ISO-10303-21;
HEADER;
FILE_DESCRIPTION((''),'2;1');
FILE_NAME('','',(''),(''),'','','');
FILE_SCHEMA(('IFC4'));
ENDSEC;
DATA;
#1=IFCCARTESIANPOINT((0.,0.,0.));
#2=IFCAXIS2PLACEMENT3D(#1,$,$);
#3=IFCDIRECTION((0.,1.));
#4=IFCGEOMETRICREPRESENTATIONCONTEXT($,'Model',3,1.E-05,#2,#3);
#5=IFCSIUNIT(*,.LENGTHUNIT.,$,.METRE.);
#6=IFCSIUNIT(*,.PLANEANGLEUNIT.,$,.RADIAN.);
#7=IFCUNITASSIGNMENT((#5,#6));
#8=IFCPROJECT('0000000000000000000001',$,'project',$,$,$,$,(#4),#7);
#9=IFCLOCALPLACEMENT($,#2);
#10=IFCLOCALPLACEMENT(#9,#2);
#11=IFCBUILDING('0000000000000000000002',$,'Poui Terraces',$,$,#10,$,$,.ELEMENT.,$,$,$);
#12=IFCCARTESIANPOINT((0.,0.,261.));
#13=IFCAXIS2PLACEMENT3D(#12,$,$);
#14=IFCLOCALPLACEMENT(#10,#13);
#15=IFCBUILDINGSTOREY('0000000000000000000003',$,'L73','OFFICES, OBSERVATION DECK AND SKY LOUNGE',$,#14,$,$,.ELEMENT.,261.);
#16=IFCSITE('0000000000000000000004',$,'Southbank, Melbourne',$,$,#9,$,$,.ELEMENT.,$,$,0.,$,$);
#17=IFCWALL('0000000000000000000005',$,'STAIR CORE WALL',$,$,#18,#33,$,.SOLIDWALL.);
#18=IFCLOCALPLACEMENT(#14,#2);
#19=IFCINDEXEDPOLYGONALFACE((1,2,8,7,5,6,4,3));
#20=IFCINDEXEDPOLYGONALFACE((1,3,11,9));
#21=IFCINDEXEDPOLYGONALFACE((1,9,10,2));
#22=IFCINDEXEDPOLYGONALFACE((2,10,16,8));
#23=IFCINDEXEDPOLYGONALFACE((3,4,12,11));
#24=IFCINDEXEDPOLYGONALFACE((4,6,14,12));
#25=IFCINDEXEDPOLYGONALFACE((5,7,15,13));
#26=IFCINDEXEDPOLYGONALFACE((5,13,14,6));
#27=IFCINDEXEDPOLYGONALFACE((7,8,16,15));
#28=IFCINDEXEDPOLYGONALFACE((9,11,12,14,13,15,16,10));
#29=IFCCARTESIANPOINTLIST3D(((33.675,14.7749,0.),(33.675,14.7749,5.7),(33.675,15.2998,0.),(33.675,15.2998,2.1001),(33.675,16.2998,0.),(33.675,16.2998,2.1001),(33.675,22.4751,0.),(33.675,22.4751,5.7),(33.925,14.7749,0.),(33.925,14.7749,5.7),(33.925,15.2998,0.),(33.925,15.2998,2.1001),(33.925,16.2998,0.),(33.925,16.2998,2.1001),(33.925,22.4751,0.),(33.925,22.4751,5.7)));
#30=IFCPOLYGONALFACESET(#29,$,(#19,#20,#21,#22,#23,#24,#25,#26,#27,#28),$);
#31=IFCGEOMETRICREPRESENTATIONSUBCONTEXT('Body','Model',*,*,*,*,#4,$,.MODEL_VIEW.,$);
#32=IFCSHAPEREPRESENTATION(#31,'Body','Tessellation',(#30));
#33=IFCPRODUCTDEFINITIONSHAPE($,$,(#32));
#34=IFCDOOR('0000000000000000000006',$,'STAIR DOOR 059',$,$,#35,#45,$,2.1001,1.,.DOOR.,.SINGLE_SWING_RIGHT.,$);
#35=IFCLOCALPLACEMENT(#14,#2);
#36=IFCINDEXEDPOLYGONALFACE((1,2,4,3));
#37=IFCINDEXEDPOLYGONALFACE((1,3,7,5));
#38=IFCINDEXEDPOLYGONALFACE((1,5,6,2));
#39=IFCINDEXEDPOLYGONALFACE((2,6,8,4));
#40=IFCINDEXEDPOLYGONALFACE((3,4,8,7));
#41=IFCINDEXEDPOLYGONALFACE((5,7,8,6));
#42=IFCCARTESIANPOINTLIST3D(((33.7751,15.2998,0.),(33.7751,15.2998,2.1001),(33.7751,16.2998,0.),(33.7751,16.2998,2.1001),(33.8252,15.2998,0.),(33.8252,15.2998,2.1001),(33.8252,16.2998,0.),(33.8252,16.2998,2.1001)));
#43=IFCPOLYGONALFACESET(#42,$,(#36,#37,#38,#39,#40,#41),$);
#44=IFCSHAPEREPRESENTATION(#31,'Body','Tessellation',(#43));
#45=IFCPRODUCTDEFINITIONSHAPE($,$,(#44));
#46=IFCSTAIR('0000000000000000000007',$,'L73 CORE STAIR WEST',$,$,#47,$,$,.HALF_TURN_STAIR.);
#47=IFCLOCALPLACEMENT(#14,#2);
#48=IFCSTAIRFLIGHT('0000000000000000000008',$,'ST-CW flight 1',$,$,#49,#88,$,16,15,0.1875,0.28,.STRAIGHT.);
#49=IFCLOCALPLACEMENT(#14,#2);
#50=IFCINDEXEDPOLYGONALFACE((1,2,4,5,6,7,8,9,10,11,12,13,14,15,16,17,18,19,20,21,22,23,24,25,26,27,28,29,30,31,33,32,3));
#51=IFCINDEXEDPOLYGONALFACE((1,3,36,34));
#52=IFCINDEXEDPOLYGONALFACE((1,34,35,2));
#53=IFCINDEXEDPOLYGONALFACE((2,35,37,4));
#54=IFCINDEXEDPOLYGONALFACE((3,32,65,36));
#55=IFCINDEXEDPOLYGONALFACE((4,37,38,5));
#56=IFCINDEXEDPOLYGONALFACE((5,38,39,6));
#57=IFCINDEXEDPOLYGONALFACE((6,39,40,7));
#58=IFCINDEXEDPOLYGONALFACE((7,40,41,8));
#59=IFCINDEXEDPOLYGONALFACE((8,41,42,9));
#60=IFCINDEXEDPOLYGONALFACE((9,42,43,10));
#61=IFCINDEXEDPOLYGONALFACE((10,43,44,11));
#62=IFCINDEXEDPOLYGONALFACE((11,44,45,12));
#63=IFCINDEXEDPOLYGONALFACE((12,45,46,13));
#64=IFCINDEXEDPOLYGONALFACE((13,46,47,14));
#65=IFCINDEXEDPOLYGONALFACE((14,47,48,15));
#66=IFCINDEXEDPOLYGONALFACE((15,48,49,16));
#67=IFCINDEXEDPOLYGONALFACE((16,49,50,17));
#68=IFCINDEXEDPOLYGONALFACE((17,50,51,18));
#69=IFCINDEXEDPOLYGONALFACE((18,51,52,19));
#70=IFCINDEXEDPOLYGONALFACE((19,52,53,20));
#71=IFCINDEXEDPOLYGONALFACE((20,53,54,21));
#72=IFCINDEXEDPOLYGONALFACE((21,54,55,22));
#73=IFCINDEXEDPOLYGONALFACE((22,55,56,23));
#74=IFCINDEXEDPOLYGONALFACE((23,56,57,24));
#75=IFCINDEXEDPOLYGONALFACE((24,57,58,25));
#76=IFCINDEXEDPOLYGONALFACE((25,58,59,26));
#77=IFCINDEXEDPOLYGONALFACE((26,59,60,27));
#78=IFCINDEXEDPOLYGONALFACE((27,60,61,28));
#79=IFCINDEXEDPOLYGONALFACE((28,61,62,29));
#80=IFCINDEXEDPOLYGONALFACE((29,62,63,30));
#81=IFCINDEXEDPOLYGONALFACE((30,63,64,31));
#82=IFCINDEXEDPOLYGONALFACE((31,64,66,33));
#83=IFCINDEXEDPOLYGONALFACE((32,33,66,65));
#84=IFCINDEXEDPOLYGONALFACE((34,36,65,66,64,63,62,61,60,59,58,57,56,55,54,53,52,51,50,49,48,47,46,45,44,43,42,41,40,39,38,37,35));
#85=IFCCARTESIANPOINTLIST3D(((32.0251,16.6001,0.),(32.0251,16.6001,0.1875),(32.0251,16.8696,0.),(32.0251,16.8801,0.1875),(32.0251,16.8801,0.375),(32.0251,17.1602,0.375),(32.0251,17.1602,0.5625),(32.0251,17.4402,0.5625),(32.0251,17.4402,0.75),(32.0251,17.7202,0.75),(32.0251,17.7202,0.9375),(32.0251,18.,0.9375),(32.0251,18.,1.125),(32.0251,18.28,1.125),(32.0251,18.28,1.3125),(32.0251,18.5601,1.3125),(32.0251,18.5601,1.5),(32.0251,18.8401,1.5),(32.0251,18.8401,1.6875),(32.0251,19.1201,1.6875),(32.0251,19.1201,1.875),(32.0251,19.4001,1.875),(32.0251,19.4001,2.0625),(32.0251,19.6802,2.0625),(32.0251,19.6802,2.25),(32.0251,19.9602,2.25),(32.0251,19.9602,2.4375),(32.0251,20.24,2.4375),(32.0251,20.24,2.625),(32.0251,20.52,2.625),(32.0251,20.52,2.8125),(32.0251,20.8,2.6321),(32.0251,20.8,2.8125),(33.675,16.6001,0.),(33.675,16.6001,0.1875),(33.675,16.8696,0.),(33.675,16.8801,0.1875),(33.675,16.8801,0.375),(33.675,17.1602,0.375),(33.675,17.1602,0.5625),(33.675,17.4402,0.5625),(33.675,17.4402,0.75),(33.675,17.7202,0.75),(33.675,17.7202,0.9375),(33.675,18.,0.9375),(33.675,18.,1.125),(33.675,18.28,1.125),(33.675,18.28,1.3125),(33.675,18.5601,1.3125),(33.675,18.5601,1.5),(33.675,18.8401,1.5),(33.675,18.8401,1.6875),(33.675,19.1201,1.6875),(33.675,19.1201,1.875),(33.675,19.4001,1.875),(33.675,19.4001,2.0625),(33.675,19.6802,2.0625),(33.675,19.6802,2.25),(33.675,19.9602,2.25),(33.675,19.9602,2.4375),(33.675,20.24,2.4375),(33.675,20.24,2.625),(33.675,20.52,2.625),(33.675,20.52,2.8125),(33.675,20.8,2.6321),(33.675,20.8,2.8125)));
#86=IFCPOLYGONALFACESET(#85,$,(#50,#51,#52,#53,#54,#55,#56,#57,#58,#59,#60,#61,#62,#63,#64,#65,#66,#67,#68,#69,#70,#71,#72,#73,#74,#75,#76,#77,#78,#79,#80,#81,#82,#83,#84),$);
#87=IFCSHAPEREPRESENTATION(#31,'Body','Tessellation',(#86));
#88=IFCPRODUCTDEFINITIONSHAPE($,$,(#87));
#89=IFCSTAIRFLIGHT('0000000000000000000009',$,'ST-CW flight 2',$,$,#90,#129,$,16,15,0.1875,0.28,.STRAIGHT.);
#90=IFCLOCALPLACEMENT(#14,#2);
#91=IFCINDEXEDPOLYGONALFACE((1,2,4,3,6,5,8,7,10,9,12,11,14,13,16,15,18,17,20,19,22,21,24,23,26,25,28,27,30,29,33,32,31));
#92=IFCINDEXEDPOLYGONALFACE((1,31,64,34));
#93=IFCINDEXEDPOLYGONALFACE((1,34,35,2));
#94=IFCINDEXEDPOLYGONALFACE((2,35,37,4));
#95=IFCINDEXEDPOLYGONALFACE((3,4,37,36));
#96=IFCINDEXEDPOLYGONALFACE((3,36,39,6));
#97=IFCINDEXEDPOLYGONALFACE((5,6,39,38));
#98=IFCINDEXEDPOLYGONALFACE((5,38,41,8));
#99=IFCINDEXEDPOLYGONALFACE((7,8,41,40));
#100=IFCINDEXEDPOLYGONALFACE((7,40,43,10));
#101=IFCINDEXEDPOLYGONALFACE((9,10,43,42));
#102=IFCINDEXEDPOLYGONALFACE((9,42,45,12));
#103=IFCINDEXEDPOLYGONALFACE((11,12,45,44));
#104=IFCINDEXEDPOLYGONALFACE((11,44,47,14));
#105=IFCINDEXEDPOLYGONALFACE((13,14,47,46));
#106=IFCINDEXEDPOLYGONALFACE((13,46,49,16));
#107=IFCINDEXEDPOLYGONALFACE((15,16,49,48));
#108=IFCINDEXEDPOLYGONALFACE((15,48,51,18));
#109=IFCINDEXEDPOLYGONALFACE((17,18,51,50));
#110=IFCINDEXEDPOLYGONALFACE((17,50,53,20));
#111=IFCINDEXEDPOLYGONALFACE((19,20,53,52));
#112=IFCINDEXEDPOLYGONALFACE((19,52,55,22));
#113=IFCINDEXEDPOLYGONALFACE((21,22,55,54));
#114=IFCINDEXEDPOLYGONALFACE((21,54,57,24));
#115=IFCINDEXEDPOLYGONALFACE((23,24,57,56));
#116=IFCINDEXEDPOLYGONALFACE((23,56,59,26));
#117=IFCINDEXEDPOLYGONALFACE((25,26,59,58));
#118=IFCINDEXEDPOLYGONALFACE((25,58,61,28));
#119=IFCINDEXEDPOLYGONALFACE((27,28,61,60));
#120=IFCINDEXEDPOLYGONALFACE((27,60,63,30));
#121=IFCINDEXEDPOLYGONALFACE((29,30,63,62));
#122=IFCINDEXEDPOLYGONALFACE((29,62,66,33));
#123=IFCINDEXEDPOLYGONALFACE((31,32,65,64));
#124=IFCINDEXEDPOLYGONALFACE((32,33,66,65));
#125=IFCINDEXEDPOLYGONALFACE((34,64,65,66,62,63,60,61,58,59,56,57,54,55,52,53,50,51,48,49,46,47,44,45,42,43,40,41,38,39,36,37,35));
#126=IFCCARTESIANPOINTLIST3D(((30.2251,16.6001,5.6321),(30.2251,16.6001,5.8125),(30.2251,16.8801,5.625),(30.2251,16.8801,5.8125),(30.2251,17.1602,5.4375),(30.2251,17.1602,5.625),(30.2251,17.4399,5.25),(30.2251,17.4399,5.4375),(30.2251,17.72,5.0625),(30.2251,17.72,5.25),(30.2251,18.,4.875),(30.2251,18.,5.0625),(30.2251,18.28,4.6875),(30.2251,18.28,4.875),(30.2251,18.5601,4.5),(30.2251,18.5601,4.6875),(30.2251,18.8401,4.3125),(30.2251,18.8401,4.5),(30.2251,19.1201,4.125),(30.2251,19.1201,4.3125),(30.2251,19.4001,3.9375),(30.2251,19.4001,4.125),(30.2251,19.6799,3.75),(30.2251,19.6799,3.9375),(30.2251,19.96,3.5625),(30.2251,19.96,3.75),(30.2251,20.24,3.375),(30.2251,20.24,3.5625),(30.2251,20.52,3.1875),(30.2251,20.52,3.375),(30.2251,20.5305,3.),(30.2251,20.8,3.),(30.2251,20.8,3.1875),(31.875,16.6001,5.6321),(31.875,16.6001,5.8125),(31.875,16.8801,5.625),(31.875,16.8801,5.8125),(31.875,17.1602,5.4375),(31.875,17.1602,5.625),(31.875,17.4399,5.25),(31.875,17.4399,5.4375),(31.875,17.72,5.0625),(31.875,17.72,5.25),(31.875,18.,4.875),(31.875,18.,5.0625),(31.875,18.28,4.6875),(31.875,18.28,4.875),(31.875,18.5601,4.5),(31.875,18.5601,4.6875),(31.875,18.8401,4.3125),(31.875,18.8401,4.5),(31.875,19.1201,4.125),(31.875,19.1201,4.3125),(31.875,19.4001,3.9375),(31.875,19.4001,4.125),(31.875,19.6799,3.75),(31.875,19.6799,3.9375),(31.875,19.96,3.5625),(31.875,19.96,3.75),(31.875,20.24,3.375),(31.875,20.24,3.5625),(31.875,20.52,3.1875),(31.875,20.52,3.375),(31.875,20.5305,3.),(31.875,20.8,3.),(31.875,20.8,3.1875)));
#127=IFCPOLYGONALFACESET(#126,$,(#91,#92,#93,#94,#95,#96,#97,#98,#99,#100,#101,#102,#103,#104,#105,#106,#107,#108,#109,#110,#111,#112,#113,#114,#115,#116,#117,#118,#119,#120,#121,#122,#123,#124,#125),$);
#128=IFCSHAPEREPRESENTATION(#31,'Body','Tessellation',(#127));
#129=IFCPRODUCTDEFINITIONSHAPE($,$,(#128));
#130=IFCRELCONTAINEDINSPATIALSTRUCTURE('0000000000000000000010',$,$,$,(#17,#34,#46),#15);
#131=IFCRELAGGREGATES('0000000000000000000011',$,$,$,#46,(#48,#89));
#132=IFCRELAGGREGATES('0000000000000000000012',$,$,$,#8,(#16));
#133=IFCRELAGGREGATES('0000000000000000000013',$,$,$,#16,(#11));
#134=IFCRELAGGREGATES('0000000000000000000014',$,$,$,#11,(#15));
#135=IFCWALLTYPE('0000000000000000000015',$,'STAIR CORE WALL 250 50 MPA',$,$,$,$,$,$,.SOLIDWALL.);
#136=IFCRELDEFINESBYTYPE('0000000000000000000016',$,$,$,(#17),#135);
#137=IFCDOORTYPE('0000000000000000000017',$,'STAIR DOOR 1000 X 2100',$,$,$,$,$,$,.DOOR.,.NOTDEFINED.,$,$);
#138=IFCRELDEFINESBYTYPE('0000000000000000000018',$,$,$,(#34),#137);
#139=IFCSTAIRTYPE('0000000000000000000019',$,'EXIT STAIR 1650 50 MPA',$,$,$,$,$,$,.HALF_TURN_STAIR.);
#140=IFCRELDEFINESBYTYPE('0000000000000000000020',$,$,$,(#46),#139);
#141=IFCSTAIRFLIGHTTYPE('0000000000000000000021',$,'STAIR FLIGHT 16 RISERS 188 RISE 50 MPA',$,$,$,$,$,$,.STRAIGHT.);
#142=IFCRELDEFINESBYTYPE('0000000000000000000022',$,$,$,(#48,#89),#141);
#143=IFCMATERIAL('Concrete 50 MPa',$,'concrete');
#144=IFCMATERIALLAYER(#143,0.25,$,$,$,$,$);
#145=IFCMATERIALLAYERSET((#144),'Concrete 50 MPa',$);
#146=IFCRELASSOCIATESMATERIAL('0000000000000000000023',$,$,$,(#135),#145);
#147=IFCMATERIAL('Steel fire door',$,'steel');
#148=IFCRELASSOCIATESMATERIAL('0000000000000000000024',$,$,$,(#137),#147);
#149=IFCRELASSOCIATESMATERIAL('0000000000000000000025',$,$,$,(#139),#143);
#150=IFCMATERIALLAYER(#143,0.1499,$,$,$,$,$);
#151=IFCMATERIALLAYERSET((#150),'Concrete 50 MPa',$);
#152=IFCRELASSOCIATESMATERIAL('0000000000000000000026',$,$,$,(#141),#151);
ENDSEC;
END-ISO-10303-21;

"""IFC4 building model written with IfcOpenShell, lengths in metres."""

from ifc_helpers import new_model, si_unit, direction, frame, frame_2d, origin, place, context, subcontext, project, spatial, polyline, rectangle, outline, extrude, material, layer, layer_set, type_object, element, fill, aggregate, save


model = new_model("IFC4")

# Units and contexts
model_context = context("Model", 3, precision=1e-05, world=origin(), true_north=direction((0.0, 1.0)))
body_context = subcontext(model_context, "Body", "Model", "MODEL_VIEW")
ifc_project = project(units=[si_unit("LENGTHUNIT", "METRE"), si_unit("PLANEANGLEUNIT", "RADIAN")], contexts=[model_context])

# Site, building, storey
site_placement = place(None, origin())
site = spatial("IfcSite", under=ifc_project, at=site_placement, Name="Southbank, Melbourne", CompositionType="ELEMENT", RefElevation=0.0)
building_placement = place(site_placement, origin())
building = spatial("IfcBuilding", under=site, at=building_placement, Name="Poui Terraces", CompositionType="ELEMENT")
storey_placement = place(building_placement, frame((0.0, 0.0, 261.0)))
storey = spatial("IfcBuildingStorey", under=building, at=storey_placement, Name="L73", Description="OFFICES, OBSERVATION DECK AND SKY LOUNGE", CompositionType="ELEMENT", Elevation=261.0)

# Shared definitions
ifc_material_1 = material(Name="Concrete 50 MPa", Category="concrete")
ifc_material_2 = material(Name="Steel fire door", Category="steel")

# Shared definitions
ifc_layer_1 = layer(ifc_material_1, 0.25)
ifc_layer_set_1 = layer_set([ifc_layer_1], Name="Concrete 50 MPa")
wall_type_1 = type_object("IfcWallType", Name="STAIR CORE WALL 250 50 MPA", PredefinedType="SOLIDWALL", material=ifc_layer_set_1)

# Wall, opening, door
wall_1_placement = place(storey_placement, frame((33.8, 14.7749, 0.0), z_axis=(0.0, 0.0, 1.0), x_axis=(0.0, 1.0, 0.0)))
wall_1 = element("IfcWall", 1, at=wall_1_placement, inside=storey, type_object=wall_type_1, Name="STAIR CORE WALL", PredefinedType="SOLIDWALL", context=body_context, shape_type="SweptSolid", body=[
    extrude(rectangle(XDim=7.7002, YDim=0.25, at=frame_2d((3.8501, 0.0))), origin(), (0.0, 0.0, 1.0), 5.7),
])
opening_1_placement = place(wall_1_placement, frame((0.5249, 0.0, 0.0)))
opening_1 = element("IfcOpeningElement", 2, at=opening_1_placement, cuts=wall_1, PredefinedType="OPENING", context=body_context, shape_type="SweptSolid", body=[
    extrude(rectangle(XDim=1.0, YDim=2.1001, at=frame_2d((0.5, 1.05))), frame((0.0, 0.135, 0.0), z_axis=(0.0, -1.0, 0.0), x_axis=(1.0, 0.0, 0.0)), (0.0, 0.0, 1.0), 0.27),
])
door_type_1 = type_object("IfcDoorType", Name="STAIR DOOR 1000 X 2100", OperationType="NOTDEFINED", PredefinedType="DOOR", material=ifc_material_2)
door_1_placement = place(opening_1_placement, origin())
door_1 = element("IfcDoor", 3, at=door_1_placement, inside=storey, type_object=door_type_1, Name="STAIR DOOR 059", OperationType="SINGLE_SWING_RIGHT", OverallHeight=2.1001, OverallWidth=1.0, PredefinedType="DOOR", context=body_context, shape_type="SweptSolid", body=[
    extrude(rectangle(XDim=1.0, YDim=2.1001, at=frame_2d((0.5, 1.05))), frame((0.0, 0.0249, 0.0), z_axis=(0.0, -1.0, 0.0), x_axis=(1.0, 0.0, 0.0)), (0.0, 0.0, 1.0), 0.05),
])
fill(opening_1, door_1)

# Stair, stair flights
stair_type = type_object("IfcStairType", Name="EXIT STAIR 1650 50 MPA", PredefinedType="HALF_TURN_STAIR", material=ifc_material_1)
stair_placement = place(storey_placement, origin())
stair = element("IfcStair", 4, at=stair_placement, inside=storey, type_object=stair_type, Name="L73 CORE STAIR WEST", PredefinedType="HALF_TURN_STAIR")
ifc_layer_2 = layer(ifc_material_1, 0.1499)
ifc_layer_set_2 = layer_set([ifc_layer_2], Name="Concrete 50 MPa")
stair_flight_type = type_object("IfcStairFlightType", Name="STAIR FLIGHT 16 RISERS 188 RISE 50 MPA", PredefinedType="STRAIGHT", material=ifc_layer_set_2)
stair_flight_1_placement = place(storey_placement, frame((32.8501, 16.6001, 0.0), z_axis=(0.0, 0.0, 1.0), x_axis=(0.0, 1.0, 0.0)))
stair_flight_1 = element("IfcStairFlight", 5, at=stair_flight_1_placement, type_object=stair_flight_type, Name="ST-CW flight 1", NumberOfRisers=16, NumberOfTreads=15, PredefinedType="STRAIGHT", RiserHeight=0.1875, TreadLength=0.28, context=body_context, shape_type="SweptSolid", body=[
    extrude(outline(polyline([(0.0, 0.0), (0.0, 0.1875), (0.28, 0.1875), (0.28, 0.375), (0.5601, 0.375), (0.5601, 0.5625), (0.8401, 0.5625), (0.8401, 0.75), (1.1201, 0.75), (1.1201, 0.9375), (1.3999, 0.9375), (1.3999, 1.125), (1.6799, 1.125), (1.6799, 1.3125), (1.96, 1.3125), (1.96, 1.5), (2.24, 1.5), (2.24, 1.6875), (2.52, 1.6875), (2.52, 1.875), (2.8, 1.875), (2.8, 2.0625), (3.0801, 2.0625), (3.0801, 2.25), (3.3601, 2.25), (3.3601, 2.4375), (3.6399, 2.4375), (3.6399, 2.625), (3.9199, 2.625), (3.9199, 2.8125), (4.2, 2.8125), (4.2, 3.0), (4.2, 2.6321), (0.2695, 0.0), (0.0, 0.0)])), frame((0.0, 0.825, 0.0), z_axis=(0.0, -1.0, 0.0), x_axis=(1.0, 0.0, 0.0)), (0.0, 0.0, 1.0), 1.6499),
])
stair_flight_2_placement = place(storey_placement, frame((31.05, 20.8, 3.0), z_axis=(0.0, 0.0, 1.0), x_axis=(0.0, -1.0, 0.0)))
stair_flight_2 = element("IfcStairFlight", 6, at=stair_flight_2_placement, type_object=stair_flight_type, Name="ST-CW flight 2", NumberOfRisers=16, NumberOfTreads=15, PredefinedType="STRAIGHT", RiserHeight=0.1875, TreadLength=0.28, context=body_context, shape_type="SweptSolid", body=[
    extrude(outline(polyline([(0.0, 0.0), (0.0, 0.1875), (0.28, 0.1875), (0.28, 0.375), (0.5601, 0.375), (0.5601, 0.5625), (0.8401, 0.5625), (0.8401, 0.75), (1.1201, 0.75), (1.1201, 0.9375), (1.3999, 0.9375), (1.3999, 1.125), (1.6799, 1.125), (1.6799, 1.3125), (1.96, 1.3125), (1.96, 1.5), (2.24, 1.5), (2.24, 1.6875), (2.52, 1.6875), (2.52, 1.875), (2.8, 1.875), (2.8, 2.0625), (3.0801, 2.0625), (3.0801, 2.25), (3.3601, 2.25), (3.3601, 2.4375), (3.6399, 2.4375), (3.6399, 2.625), (3.9199, 2.625), (3.9199, 2.8125), (4.2, 2.8125), (4.2, 3.0), (4.2, 2.6321), (0.2695, 0.0), (0.0, 0.0)])), frame((0.0, 0.825, 0.0), z_axis=(0.0, -1.0, 0.0), x_axis=(1.0, 0.0, 0.0)), (0.0, 0.0, 1.0), 1.6499),
])
aggregate(stair, [stair_flight_1, stair_flight_2])

save(model, "model.ifc")
